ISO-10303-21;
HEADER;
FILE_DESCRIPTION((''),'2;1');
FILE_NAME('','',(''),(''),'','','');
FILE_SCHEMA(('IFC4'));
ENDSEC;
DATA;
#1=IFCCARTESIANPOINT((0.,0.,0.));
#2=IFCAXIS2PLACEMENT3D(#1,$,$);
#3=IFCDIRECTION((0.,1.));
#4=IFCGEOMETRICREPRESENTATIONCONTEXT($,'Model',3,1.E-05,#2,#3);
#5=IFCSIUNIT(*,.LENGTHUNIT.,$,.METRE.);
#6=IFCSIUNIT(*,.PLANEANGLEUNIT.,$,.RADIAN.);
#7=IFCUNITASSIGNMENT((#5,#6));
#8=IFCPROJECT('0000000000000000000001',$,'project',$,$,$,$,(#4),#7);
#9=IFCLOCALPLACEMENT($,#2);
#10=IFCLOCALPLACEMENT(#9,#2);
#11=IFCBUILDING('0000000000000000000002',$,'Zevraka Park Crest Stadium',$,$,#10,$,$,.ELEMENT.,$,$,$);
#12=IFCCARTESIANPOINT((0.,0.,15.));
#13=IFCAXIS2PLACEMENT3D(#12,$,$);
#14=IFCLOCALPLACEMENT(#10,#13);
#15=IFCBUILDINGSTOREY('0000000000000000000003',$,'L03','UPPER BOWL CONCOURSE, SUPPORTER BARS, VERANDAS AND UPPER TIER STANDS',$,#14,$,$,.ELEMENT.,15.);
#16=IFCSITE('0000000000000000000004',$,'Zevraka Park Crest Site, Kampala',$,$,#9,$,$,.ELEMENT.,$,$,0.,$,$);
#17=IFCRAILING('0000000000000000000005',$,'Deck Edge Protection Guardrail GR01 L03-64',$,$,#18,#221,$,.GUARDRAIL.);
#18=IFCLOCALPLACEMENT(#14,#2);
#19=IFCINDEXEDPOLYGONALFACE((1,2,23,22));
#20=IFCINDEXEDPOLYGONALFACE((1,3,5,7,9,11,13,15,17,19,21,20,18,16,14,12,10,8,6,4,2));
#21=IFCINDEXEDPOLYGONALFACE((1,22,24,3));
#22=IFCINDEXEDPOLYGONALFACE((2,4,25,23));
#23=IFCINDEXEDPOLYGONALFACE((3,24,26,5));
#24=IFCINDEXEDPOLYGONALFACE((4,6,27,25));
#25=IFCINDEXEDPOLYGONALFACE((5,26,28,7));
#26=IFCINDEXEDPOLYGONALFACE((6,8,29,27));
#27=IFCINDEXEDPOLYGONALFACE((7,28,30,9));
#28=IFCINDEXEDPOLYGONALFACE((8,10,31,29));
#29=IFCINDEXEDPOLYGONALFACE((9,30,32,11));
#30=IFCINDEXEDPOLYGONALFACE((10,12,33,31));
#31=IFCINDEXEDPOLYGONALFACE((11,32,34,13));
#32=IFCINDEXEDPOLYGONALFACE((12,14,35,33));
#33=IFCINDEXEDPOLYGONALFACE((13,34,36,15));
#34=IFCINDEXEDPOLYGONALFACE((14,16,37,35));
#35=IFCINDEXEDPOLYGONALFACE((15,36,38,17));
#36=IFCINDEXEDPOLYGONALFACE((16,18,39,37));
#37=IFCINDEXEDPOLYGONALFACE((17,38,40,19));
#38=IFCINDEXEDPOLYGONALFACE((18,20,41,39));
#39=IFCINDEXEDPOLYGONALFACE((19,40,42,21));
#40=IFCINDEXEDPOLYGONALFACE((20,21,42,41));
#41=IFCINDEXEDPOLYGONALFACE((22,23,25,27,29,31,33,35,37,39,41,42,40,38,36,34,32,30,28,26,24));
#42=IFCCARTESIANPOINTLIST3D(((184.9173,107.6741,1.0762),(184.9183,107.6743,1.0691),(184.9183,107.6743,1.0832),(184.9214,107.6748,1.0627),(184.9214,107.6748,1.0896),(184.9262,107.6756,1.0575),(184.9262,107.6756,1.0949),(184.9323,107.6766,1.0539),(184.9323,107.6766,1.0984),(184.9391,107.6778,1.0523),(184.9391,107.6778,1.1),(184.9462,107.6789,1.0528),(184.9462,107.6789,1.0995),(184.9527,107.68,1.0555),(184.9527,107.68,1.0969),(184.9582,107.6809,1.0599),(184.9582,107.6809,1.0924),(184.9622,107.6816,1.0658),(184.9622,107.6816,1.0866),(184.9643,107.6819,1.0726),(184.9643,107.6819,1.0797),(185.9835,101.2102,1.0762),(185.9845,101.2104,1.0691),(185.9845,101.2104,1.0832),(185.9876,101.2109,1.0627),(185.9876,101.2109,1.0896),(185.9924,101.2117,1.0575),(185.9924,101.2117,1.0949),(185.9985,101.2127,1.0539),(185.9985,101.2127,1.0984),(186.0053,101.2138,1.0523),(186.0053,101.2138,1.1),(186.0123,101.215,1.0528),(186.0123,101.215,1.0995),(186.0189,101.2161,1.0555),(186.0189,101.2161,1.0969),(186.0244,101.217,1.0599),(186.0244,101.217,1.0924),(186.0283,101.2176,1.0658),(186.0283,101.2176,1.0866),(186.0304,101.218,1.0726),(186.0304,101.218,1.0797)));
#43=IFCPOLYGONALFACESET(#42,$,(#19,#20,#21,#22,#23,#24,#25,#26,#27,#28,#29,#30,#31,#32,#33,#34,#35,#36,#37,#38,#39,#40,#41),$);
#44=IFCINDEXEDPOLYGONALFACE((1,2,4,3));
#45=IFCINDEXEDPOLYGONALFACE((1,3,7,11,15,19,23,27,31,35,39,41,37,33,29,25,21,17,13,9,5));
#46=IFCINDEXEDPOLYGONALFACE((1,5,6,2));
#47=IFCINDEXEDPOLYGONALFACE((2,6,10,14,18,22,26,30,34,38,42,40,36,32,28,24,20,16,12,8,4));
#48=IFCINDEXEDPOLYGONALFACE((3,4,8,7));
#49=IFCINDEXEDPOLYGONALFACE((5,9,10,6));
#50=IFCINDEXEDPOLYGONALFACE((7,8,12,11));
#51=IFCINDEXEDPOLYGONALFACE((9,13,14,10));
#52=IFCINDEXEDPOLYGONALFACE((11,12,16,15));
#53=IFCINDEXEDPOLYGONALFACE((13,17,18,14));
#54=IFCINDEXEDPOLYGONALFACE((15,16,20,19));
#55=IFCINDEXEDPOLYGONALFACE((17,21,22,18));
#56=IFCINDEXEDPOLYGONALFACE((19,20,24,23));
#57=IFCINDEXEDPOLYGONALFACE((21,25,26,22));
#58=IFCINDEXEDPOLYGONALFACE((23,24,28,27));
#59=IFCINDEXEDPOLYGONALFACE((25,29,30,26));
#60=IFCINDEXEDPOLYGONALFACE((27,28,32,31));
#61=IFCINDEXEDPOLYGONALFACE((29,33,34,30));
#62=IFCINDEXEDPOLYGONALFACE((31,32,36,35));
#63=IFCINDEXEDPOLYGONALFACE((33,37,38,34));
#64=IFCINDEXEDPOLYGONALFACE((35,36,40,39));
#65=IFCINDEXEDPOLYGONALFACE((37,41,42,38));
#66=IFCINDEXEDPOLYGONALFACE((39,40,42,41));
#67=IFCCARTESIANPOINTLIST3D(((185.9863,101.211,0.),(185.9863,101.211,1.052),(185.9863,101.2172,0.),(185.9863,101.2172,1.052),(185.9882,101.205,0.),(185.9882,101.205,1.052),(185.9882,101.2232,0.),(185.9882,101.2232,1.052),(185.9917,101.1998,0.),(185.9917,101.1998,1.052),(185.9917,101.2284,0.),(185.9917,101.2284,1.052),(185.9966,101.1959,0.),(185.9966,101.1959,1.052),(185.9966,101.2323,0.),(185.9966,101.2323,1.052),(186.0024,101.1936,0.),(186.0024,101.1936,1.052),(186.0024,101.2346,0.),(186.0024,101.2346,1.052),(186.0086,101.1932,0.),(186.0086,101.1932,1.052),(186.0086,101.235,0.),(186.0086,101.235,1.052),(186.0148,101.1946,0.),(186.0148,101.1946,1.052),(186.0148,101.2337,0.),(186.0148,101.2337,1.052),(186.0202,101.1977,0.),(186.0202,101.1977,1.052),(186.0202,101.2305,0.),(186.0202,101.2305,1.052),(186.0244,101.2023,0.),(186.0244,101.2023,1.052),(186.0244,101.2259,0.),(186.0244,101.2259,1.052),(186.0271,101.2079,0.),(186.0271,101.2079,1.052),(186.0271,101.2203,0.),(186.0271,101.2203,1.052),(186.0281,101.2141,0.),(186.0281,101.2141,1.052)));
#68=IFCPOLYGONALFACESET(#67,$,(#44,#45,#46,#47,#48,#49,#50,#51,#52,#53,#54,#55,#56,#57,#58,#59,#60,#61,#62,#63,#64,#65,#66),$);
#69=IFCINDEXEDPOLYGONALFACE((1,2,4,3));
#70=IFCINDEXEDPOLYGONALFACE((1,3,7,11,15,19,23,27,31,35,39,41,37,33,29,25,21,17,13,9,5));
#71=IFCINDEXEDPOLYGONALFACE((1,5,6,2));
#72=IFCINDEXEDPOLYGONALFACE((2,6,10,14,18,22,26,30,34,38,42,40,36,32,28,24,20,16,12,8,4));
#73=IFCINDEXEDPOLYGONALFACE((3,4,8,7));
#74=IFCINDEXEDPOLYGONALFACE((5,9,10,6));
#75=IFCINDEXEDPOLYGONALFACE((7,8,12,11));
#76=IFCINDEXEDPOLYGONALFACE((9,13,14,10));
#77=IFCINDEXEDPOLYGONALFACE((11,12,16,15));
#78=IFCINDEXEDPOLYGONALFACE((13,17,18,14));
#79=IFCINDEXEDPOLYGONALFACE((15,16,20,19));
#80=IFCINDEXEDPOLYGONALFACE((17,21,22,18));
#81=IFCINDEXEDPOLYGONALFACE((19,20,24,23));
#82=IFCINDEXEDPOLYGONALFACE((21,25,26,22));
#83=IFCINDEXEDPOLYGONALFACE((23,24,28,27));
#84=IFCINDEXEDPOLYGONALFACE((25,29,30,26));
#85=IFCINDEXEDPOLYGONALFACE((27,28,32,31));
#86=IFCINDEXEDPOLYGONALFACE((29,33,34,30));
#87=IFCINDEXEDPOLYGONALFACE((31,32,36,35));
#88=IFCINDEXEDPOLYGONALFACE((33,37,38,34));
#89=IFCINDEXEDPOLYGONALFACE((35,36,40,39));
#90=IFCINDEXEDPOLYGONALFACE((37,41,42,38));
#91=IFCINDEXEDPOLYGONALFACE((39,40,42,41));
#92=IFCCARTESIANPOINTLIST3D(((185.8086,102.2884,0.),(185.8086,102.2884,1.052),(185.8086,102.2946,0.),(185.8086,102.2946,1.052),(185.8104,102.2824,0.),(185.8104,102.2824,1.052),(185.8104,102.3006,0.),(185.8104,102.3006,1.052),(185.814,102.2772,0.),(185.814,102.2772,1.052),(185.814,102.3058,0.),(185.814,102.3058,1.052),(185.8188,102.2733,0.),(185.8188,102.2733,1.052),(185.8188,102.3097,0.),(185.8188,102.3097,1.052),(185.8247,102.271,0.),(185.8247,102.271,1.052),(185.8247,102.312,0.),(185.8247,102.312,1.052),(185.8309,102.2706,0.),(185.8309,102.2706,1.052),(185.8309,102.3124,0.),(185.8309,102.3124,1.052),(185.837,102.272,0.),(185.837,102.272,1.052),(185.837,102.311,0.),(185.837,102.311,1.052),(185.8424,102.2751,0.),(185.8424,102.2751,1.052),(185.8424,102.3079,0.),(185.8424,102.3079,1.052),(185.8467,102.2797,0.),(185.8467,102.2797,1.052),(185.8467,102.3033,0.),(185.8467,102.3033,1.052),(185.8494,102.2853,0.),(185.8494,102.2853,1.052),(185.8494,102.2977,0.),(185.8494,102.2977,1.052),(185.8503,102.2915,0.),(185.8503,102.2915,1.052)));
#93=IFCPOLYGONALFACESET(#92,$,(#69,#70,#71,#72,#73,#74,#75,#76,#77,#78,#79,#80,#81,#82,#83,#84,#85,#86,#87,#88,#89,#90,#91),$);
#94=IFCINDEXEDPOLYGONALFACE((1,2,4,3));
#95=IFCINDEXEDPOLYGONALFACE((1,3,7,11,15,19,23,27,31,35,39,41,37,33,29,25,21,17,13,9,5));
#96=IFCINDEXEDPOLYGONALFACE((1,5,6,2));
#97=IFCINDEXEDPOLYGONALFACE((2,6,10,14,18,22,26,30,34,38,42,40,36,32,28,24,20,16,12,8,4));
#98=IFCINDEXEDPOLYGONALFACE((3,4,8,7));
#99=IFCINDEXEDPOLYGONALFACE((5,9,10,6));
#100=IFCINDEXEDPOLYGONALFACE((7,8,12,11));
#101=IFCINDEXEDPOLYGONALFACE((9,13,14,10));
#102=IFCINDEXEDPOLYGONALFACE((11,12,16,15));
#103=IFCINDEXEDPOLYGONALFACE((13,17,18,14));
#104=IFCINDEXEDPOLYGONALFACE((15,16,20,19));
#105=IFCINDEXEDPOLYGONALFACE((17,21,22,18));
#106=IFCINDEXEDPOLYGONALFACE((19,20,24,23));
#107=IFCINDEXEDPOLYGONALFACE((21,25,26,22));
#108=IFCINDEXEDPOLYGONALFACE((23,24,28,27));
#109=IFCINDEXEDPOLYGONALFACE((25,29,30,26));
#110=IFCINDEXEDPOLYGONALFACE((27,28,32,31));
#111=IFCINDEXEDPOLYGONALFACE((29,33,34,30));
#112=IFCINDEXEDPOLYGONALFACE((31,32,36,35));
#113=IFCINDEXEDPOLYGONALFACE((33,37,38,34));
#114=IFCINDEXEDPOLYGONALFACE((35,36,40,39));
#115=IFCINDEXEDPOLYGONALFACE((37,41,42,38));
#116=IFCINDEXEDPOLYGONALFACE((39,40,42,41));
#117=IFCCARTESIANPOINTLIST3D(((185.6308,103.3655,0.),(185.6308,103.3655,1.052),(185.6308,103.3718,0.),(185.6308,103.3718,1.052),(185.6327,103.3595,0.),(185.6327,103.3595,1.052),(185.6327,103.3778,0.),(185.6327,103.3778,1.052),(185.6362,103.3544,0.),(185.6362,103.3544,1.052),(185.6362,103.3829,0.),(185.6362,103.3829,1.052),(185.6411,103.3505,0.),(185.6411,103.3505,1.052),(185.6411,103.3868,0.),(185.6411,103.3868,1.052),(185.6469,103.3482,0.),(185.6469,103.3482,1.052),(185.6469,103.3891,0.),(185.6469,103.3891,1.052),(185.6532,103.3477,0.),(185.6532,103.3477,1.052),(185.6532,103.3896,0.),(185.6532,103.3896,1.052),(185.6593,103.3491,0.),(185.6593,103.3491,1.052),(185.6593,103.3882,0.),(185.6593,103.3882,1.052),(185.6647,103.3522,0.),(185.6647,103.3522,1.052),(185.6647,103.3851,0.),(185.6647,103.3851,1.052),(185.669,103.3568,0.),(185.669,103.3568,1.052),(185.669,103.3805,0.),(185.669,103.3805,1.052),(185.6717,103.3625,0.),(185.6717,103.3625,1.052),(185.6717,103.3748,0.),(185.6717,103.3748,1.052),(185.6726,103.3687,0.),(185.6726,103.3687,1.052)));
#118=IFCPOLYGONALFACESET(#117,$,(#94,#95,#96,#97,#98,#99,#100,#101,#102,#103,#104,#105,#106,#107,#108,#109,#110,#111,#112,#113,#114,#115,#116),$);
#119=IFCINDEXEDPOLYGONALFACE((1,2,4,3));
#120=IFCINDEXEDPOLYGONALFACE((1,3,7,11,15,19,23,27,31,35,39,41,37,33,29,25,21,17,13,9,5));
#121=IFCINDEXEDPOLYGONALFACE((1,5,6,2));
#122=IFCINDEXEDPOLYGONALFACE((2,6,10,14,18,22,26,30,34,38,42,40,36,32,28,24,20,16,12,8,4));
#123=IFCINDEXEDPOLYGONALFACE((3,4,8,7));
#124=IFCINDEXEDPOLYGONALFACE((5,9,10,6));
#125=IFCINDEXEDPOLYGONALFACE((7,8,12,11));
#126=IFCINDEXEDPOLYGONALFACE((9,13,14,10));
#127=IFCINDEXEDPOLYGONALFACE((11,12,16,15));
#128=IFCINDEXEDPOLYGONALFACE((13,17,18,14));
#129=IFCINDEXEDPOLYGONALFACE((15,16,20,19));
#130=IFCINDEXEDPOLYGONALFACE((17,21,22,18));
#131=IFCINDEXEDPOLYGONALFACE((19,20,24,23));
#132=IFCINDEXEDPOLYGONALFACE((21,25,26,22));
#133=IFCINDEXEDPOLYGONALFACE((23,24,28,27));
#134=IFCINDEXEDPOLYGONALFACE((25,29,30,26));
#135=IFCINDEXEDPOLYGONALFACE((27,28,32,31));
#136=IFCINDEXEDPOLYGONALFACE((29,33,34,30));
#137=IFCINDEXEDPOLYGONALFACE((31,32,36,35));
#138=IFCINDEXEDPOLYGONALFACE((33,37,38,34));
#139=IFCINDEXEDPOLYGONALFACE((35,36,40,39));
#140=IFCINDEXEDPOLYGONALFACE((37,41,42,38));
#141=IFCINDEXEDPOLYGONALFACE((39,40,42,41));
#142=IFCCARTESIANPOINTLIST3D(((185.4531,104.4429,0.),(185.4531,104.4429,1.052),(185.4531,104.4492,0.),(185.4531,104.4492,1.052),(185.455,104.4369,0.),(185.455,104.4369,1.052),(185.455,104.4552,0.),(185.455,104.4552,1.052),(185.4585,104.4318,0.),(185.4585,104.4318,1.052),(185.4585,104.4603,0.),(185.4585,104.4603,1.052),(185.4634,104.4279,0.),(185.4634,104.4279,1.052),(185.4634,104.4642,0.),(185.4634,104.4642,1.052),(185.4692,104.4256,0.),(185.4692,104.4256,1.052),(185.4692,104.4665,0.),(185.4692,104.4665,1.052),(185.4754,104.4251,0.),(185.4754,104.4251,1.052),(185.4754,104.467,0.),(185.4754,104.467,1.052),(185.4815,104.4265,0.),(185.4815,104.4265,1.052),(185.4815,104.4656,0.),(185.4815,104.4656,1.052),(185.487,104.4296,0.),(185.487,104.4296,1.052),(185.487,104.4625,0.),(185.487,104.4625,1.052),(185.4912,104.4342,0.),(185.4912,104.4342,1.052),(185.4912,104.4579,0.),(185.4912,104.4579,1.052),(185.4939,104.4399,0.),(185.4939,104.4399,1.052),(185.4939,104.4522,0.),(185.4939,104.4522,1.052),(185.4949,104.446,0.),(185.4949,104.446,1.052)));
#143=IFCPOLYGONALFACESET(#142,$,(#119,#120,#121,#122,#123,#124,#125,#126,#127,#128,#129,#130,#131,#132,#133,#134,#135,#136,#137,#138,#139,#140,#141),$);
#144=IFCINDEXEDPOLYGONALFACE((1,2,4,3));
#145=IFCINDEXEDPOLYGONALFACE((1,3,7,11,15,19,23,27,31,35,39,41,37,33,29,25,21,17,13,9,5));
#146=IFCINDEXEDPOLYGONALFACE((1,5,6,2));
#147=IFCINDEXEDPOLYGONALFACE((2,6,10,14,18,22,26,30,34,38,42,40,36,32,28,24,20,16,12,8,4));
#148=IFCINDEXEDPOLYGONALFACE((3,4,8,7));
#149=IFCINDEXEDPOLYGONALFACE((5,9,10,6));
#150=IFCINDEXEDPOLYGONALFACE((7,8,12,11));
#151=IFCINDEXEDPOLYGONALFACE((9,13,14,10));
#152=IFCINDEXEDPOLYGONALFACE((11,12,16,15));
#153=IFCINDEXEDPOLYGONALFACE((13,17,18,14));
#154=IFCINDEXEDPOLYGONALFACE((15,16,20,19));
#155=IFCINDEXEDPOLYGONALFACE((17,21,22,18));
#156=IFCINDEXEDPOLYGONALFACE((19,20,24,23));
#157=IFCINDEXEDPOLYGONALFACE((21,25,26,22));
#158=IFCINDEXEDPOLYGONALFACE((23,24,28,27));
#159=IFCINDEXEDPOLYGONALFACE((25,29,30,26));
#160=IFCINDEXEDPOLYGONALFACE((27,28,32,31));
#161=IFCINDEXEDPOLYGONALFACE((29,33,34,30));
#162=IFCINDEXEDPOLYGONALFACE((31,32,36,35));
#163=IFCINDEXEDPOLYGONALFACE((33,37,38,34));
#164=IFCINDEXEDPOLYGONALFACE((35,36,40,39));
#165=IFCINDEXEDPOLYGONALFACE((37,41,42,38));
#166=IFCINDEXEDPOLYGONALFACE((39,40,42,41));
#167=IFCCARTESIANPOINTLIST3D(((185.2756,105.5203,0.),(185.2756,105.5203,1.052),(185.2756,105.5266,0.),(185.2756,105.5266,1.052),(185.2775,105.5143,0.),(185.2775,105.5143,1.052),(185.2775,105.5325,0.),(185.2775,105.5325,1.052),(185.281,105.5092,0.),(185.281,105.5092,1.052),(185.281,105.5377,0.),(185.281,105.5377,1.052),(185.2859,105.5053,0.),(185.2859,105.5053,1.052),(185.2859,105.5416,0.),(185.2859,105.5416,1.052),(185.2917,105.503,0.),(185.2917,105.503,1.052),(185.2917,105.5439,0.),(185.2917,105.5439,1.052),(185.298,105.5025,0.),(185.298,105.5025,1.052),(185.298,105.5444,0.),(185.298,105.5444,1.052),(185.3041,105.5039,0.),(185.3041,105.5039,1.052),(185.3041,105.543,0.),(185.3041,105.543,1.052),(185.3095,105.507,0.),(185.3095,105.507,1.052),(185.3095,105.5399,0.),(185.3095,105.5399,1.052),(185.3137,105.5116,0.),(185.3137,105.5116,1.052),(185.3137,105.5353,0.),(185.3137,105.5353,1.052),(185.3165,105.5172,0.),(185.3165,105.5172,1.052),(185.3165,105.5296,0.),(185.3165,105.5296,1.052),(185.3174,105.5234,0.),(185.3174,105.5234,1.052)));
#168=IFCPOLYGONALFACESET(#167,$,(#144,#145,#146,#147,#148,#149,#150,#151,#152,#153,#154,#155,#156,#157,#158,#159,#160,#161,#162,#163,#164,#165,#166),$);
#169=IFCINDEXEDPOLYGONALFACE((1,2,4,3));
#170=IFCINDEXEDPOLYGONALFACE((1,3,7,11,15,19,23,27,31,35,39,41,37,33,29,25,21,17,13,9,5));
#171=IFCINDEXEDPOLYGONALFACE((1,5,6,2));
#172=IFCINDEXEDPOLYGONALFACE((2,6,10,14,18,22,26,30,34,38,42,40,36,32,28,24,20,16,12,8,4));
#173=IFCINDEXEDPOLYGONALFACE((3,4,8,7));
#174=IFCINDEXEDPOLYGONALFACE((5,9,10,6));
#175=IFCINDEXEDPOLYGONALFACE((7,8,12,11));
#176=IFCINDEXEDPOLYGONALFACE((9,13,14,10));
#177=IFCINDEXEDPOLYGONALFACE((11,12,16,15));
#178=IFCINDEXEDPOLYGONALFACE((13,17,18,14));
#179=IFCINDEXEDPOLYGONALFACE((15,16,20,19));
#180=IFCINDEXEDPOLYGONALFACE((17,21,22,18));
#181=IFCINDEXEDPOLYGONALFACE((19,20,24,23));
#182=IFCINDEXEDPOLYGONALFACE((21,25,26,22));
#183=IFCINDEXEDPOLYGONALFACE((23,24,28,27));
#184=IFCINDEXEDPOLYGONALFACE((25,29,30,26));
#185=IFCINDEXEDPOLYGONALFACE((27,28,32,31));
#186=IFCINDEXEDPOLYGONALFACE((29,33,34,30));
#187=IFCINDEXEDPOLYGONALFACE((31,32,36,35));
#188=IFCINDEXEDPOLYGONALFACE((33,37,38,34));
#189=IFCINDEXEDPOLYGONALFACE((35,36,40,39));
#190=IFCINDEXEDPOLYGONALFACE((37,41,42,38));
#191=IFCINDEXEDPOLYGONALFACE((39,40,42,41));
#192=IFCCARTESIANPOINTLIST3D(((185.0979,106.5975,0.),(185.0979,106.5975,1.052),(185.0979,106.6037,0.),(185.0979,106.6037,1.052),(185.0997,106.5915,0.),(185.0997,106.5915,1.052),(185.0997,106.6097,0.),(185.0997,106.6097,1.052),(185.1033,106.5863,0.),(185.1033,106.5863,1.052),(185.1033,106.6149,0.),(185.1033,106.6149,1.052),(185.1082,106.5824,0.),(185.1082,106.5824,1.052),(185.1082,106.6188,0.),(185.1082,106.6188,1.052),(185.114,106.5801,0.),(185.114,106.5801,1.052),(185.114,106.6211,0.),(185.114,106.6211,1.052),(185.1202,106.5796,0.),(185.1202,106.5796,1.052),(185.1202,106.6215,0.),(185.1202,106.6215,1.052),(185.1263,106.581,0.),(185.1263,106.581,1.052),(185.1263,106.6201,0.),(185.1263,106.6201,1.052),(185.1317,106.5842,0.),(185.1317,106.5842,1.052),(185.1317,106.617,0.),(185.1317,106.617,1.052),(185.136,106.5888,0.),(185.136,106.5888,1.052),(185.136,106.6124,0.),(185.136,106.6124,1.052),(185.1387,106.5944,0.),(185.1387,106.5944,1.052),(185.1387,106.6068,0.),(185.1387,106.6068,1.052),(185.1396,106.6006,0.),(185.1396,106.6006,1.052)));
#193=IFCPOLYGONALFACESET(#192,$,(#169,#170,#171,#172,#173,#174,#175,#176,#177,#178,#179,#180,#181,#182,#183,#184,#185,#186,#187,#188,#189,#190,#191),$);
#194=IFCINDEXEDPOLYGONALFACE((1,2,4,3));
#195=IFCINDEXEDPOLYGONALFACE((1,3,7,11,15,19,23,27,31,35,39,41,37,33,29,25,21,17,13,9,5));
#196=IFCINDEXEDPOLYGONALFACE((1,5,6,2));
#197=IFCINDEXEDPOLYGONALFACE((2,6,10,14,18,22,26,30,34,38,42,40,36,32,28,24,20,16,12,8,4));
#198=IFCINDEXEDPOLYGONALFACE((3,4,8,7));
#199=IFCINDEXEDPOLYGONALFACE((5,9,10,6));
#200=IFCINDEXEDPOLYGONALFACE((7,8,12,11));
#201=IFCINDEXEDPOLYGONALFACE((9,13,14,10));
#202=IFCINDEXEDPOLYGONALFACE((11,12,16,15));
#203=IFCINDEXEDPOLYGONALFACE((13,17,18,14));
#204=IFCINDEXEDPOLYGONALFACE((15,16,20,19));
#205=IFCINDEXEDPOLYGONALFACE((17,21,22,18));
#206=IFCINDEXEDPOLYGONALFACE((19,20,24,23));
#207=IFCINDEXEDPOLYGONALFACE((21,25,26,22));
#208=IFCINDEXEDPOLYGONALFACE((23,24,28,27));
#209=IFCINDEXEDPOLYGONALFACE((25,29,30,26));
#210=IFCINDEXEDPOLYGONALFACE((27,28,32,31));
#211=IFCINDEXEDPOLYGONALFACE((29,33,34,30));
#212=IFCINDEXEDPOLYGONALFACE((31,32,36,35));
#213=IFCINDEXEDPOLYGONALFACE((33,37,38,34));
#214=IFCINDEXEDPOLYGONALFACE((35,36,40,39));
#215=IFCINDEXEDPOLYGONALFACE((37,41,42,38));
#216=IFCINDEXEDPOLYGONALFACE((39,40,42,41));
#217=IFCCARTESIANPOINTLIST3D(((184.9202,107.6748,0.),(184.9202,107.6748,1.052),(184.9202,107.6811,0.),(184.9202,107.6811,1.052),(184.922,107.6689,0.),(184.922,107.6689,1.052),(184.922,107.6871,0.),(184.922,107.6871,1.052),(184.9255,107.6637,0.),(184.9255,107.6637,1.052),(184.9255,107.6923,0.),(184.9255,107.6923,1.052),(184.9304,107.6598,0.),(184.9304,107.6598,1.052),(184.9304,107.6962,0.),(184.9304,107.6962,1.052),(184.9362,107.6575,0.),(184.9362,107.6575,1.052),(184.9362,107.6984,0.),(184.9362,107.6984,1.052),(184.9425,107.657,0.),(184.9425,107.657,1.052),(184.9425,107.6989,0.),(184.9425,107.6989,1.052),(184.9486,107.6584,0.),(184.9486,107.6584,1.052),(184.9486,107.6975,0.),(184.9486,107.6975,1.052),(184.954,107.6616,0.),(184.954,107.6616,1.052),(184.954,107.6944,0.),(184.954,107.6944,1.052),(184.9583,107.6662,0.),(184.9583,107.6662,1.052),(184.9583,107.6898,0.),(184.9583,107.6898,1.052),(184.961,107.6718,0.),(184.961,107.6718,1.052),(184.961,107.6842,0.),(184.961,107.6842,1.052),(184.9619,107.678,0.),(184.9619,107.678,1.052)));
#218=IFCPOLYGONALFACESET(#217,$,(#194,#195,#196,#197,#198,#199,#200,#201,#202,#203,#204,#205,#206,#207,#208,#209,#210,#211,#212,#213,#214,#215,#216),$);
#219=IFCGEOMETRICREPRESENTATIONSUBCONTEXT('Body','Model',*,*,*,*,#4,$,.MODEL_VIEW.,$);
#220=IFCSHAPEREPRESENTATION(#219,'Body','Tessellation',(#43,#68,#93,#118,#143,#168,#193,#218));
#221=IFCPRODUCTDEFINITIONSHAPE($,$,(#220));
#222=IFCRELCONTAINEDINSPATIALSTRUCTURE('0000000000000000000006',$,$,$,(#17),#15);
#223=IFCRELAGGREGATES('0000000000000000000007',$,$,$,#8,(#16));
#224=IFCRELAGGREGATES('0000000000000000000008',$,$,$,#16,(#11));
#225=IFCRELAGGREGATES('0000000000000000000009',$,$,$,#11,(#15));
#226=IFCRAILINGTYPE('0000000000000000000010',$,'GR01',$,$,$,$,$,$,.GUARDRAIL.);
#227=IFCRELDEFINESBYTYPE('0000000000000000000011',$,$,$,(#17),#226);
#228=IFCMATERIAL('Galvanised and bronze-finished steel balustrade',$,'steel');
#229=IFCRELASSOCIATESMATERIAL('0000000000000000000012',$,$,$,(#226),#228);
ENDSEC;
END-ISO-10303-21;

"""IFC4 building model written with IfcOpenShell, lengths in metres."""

from ifc_helpers import new_model, si_unit, direction, frame, origin, origin_2d, place, context, subcontext, project, spatial, circle, extrude, material, type_object, element, save


model = new_model("IFC4")

# Units and contexts
model_context = context("Model", 3, precision=1e-05, world=origin(), true_north=direction((0.0, 1.0)))
body_context = subcontext(model_context, "Body", "Model", "MODEL_VIEW")
ifc_project = project(units=[si_unit("LENGTHUNIT", "METRE"), si_unit("PLANEANGLEUNIT", "RADIAN")], contexts=[model_context])

# Site, building, storey
site_placement = place(None, origin())
site = spatial("IfcSite", under=ifc_project, at=site_placement, Name="Zevraka Park Crest Site, Kampala", CompositionType="ELEMENT", RefElevation=0.0)
building_placement = place(site_placement, origin())
building = spatial("IfcBuilding", under=site, at=building_placement, Name="Zevraka Park Crest Stadium", CompositionType="ELEMENT")
storey_placement = place(building_placement, frame((0.0, 0.0, 15.0)))
storey = spatial("IfcBuildingStorey", under=building, at=storey_placement, Name="L03", Description="UPPER BOWL CONCOURSE, SUPPORTER BARS, VERANDAS AND UPPER TIER STANDS", CompositionType="ELEMENT", Elevation=15.0)

# Railing
ifc_material_1 = material(Name="Galvanised and bronze-finished steel balustrade", Category="steel")
railing_type_1 = type_object("IfcRailingType", Name="GR01", PredefinedType="GUARDRAIL", material=ifc_material_1)
railing_1_placement = place(storey_placement, frame((186.0071, 101.2141, 0.0)))
element("IfcRailing", 1, at=railing_1_placement, inside=storey, type_object=railing_type_1, Name="Deck Edge Protection Guardrail GR01 L03-64", PredefinedType="GUARDRAIL", context=body_context, shape_type="SweptSolid", body=[
    extrude(circle(Radius=0.0239, at=origin_2d()), frame((0.0, 0.0, 1.0762), z_axis=(-0.162743, 0.986669, 0.0), x_axis=(-0.986669, -0.162743, 0.0)), (0.0, 0.0, 1.0), 6.5513),
    extrude(circle(Radius=0.021, at=origin_2d()), origin(), (0.0, 0.0, 1.0), 1.052),
    extrude(circle(Radius=0.021, at=origin_2d()), frame((-0.1777, 1.0774, 0.0)), (0.0, 0.0, 1.0), 1.052),
    extrude(circle(Radius=0.021, at=origin_2d()), frame((-0.3555, 2.1545, 0.0)), (0.0, 0.0, 1.0), 1.052),
    extrude(circle(Radius=0.021, at=origin_2d()), frame((-0.5332, 3.2319, 0.0)), (0.0, 0.0, 1.0), 1.052),
    extrude(circle(Radius=0.021, at=origin_2d()), frame((-0.7107, 4.3093, 0.0)), (0.0, 0.0, 1.0), 1.052),
    extrude(circle(Radius=0.021, at=origin_2d()), frame((-0.8884, 5.3865, 0.0)), (0.0, 0.0, 1.0), 1.052),
    extrude(circle(Radius=0.021, at=origin_2d()), frame((-1.0662, 6.4639, 0.0)), (0.0, 0.0, 1.0), 1.052),
])

save(model, "model.ifc")
